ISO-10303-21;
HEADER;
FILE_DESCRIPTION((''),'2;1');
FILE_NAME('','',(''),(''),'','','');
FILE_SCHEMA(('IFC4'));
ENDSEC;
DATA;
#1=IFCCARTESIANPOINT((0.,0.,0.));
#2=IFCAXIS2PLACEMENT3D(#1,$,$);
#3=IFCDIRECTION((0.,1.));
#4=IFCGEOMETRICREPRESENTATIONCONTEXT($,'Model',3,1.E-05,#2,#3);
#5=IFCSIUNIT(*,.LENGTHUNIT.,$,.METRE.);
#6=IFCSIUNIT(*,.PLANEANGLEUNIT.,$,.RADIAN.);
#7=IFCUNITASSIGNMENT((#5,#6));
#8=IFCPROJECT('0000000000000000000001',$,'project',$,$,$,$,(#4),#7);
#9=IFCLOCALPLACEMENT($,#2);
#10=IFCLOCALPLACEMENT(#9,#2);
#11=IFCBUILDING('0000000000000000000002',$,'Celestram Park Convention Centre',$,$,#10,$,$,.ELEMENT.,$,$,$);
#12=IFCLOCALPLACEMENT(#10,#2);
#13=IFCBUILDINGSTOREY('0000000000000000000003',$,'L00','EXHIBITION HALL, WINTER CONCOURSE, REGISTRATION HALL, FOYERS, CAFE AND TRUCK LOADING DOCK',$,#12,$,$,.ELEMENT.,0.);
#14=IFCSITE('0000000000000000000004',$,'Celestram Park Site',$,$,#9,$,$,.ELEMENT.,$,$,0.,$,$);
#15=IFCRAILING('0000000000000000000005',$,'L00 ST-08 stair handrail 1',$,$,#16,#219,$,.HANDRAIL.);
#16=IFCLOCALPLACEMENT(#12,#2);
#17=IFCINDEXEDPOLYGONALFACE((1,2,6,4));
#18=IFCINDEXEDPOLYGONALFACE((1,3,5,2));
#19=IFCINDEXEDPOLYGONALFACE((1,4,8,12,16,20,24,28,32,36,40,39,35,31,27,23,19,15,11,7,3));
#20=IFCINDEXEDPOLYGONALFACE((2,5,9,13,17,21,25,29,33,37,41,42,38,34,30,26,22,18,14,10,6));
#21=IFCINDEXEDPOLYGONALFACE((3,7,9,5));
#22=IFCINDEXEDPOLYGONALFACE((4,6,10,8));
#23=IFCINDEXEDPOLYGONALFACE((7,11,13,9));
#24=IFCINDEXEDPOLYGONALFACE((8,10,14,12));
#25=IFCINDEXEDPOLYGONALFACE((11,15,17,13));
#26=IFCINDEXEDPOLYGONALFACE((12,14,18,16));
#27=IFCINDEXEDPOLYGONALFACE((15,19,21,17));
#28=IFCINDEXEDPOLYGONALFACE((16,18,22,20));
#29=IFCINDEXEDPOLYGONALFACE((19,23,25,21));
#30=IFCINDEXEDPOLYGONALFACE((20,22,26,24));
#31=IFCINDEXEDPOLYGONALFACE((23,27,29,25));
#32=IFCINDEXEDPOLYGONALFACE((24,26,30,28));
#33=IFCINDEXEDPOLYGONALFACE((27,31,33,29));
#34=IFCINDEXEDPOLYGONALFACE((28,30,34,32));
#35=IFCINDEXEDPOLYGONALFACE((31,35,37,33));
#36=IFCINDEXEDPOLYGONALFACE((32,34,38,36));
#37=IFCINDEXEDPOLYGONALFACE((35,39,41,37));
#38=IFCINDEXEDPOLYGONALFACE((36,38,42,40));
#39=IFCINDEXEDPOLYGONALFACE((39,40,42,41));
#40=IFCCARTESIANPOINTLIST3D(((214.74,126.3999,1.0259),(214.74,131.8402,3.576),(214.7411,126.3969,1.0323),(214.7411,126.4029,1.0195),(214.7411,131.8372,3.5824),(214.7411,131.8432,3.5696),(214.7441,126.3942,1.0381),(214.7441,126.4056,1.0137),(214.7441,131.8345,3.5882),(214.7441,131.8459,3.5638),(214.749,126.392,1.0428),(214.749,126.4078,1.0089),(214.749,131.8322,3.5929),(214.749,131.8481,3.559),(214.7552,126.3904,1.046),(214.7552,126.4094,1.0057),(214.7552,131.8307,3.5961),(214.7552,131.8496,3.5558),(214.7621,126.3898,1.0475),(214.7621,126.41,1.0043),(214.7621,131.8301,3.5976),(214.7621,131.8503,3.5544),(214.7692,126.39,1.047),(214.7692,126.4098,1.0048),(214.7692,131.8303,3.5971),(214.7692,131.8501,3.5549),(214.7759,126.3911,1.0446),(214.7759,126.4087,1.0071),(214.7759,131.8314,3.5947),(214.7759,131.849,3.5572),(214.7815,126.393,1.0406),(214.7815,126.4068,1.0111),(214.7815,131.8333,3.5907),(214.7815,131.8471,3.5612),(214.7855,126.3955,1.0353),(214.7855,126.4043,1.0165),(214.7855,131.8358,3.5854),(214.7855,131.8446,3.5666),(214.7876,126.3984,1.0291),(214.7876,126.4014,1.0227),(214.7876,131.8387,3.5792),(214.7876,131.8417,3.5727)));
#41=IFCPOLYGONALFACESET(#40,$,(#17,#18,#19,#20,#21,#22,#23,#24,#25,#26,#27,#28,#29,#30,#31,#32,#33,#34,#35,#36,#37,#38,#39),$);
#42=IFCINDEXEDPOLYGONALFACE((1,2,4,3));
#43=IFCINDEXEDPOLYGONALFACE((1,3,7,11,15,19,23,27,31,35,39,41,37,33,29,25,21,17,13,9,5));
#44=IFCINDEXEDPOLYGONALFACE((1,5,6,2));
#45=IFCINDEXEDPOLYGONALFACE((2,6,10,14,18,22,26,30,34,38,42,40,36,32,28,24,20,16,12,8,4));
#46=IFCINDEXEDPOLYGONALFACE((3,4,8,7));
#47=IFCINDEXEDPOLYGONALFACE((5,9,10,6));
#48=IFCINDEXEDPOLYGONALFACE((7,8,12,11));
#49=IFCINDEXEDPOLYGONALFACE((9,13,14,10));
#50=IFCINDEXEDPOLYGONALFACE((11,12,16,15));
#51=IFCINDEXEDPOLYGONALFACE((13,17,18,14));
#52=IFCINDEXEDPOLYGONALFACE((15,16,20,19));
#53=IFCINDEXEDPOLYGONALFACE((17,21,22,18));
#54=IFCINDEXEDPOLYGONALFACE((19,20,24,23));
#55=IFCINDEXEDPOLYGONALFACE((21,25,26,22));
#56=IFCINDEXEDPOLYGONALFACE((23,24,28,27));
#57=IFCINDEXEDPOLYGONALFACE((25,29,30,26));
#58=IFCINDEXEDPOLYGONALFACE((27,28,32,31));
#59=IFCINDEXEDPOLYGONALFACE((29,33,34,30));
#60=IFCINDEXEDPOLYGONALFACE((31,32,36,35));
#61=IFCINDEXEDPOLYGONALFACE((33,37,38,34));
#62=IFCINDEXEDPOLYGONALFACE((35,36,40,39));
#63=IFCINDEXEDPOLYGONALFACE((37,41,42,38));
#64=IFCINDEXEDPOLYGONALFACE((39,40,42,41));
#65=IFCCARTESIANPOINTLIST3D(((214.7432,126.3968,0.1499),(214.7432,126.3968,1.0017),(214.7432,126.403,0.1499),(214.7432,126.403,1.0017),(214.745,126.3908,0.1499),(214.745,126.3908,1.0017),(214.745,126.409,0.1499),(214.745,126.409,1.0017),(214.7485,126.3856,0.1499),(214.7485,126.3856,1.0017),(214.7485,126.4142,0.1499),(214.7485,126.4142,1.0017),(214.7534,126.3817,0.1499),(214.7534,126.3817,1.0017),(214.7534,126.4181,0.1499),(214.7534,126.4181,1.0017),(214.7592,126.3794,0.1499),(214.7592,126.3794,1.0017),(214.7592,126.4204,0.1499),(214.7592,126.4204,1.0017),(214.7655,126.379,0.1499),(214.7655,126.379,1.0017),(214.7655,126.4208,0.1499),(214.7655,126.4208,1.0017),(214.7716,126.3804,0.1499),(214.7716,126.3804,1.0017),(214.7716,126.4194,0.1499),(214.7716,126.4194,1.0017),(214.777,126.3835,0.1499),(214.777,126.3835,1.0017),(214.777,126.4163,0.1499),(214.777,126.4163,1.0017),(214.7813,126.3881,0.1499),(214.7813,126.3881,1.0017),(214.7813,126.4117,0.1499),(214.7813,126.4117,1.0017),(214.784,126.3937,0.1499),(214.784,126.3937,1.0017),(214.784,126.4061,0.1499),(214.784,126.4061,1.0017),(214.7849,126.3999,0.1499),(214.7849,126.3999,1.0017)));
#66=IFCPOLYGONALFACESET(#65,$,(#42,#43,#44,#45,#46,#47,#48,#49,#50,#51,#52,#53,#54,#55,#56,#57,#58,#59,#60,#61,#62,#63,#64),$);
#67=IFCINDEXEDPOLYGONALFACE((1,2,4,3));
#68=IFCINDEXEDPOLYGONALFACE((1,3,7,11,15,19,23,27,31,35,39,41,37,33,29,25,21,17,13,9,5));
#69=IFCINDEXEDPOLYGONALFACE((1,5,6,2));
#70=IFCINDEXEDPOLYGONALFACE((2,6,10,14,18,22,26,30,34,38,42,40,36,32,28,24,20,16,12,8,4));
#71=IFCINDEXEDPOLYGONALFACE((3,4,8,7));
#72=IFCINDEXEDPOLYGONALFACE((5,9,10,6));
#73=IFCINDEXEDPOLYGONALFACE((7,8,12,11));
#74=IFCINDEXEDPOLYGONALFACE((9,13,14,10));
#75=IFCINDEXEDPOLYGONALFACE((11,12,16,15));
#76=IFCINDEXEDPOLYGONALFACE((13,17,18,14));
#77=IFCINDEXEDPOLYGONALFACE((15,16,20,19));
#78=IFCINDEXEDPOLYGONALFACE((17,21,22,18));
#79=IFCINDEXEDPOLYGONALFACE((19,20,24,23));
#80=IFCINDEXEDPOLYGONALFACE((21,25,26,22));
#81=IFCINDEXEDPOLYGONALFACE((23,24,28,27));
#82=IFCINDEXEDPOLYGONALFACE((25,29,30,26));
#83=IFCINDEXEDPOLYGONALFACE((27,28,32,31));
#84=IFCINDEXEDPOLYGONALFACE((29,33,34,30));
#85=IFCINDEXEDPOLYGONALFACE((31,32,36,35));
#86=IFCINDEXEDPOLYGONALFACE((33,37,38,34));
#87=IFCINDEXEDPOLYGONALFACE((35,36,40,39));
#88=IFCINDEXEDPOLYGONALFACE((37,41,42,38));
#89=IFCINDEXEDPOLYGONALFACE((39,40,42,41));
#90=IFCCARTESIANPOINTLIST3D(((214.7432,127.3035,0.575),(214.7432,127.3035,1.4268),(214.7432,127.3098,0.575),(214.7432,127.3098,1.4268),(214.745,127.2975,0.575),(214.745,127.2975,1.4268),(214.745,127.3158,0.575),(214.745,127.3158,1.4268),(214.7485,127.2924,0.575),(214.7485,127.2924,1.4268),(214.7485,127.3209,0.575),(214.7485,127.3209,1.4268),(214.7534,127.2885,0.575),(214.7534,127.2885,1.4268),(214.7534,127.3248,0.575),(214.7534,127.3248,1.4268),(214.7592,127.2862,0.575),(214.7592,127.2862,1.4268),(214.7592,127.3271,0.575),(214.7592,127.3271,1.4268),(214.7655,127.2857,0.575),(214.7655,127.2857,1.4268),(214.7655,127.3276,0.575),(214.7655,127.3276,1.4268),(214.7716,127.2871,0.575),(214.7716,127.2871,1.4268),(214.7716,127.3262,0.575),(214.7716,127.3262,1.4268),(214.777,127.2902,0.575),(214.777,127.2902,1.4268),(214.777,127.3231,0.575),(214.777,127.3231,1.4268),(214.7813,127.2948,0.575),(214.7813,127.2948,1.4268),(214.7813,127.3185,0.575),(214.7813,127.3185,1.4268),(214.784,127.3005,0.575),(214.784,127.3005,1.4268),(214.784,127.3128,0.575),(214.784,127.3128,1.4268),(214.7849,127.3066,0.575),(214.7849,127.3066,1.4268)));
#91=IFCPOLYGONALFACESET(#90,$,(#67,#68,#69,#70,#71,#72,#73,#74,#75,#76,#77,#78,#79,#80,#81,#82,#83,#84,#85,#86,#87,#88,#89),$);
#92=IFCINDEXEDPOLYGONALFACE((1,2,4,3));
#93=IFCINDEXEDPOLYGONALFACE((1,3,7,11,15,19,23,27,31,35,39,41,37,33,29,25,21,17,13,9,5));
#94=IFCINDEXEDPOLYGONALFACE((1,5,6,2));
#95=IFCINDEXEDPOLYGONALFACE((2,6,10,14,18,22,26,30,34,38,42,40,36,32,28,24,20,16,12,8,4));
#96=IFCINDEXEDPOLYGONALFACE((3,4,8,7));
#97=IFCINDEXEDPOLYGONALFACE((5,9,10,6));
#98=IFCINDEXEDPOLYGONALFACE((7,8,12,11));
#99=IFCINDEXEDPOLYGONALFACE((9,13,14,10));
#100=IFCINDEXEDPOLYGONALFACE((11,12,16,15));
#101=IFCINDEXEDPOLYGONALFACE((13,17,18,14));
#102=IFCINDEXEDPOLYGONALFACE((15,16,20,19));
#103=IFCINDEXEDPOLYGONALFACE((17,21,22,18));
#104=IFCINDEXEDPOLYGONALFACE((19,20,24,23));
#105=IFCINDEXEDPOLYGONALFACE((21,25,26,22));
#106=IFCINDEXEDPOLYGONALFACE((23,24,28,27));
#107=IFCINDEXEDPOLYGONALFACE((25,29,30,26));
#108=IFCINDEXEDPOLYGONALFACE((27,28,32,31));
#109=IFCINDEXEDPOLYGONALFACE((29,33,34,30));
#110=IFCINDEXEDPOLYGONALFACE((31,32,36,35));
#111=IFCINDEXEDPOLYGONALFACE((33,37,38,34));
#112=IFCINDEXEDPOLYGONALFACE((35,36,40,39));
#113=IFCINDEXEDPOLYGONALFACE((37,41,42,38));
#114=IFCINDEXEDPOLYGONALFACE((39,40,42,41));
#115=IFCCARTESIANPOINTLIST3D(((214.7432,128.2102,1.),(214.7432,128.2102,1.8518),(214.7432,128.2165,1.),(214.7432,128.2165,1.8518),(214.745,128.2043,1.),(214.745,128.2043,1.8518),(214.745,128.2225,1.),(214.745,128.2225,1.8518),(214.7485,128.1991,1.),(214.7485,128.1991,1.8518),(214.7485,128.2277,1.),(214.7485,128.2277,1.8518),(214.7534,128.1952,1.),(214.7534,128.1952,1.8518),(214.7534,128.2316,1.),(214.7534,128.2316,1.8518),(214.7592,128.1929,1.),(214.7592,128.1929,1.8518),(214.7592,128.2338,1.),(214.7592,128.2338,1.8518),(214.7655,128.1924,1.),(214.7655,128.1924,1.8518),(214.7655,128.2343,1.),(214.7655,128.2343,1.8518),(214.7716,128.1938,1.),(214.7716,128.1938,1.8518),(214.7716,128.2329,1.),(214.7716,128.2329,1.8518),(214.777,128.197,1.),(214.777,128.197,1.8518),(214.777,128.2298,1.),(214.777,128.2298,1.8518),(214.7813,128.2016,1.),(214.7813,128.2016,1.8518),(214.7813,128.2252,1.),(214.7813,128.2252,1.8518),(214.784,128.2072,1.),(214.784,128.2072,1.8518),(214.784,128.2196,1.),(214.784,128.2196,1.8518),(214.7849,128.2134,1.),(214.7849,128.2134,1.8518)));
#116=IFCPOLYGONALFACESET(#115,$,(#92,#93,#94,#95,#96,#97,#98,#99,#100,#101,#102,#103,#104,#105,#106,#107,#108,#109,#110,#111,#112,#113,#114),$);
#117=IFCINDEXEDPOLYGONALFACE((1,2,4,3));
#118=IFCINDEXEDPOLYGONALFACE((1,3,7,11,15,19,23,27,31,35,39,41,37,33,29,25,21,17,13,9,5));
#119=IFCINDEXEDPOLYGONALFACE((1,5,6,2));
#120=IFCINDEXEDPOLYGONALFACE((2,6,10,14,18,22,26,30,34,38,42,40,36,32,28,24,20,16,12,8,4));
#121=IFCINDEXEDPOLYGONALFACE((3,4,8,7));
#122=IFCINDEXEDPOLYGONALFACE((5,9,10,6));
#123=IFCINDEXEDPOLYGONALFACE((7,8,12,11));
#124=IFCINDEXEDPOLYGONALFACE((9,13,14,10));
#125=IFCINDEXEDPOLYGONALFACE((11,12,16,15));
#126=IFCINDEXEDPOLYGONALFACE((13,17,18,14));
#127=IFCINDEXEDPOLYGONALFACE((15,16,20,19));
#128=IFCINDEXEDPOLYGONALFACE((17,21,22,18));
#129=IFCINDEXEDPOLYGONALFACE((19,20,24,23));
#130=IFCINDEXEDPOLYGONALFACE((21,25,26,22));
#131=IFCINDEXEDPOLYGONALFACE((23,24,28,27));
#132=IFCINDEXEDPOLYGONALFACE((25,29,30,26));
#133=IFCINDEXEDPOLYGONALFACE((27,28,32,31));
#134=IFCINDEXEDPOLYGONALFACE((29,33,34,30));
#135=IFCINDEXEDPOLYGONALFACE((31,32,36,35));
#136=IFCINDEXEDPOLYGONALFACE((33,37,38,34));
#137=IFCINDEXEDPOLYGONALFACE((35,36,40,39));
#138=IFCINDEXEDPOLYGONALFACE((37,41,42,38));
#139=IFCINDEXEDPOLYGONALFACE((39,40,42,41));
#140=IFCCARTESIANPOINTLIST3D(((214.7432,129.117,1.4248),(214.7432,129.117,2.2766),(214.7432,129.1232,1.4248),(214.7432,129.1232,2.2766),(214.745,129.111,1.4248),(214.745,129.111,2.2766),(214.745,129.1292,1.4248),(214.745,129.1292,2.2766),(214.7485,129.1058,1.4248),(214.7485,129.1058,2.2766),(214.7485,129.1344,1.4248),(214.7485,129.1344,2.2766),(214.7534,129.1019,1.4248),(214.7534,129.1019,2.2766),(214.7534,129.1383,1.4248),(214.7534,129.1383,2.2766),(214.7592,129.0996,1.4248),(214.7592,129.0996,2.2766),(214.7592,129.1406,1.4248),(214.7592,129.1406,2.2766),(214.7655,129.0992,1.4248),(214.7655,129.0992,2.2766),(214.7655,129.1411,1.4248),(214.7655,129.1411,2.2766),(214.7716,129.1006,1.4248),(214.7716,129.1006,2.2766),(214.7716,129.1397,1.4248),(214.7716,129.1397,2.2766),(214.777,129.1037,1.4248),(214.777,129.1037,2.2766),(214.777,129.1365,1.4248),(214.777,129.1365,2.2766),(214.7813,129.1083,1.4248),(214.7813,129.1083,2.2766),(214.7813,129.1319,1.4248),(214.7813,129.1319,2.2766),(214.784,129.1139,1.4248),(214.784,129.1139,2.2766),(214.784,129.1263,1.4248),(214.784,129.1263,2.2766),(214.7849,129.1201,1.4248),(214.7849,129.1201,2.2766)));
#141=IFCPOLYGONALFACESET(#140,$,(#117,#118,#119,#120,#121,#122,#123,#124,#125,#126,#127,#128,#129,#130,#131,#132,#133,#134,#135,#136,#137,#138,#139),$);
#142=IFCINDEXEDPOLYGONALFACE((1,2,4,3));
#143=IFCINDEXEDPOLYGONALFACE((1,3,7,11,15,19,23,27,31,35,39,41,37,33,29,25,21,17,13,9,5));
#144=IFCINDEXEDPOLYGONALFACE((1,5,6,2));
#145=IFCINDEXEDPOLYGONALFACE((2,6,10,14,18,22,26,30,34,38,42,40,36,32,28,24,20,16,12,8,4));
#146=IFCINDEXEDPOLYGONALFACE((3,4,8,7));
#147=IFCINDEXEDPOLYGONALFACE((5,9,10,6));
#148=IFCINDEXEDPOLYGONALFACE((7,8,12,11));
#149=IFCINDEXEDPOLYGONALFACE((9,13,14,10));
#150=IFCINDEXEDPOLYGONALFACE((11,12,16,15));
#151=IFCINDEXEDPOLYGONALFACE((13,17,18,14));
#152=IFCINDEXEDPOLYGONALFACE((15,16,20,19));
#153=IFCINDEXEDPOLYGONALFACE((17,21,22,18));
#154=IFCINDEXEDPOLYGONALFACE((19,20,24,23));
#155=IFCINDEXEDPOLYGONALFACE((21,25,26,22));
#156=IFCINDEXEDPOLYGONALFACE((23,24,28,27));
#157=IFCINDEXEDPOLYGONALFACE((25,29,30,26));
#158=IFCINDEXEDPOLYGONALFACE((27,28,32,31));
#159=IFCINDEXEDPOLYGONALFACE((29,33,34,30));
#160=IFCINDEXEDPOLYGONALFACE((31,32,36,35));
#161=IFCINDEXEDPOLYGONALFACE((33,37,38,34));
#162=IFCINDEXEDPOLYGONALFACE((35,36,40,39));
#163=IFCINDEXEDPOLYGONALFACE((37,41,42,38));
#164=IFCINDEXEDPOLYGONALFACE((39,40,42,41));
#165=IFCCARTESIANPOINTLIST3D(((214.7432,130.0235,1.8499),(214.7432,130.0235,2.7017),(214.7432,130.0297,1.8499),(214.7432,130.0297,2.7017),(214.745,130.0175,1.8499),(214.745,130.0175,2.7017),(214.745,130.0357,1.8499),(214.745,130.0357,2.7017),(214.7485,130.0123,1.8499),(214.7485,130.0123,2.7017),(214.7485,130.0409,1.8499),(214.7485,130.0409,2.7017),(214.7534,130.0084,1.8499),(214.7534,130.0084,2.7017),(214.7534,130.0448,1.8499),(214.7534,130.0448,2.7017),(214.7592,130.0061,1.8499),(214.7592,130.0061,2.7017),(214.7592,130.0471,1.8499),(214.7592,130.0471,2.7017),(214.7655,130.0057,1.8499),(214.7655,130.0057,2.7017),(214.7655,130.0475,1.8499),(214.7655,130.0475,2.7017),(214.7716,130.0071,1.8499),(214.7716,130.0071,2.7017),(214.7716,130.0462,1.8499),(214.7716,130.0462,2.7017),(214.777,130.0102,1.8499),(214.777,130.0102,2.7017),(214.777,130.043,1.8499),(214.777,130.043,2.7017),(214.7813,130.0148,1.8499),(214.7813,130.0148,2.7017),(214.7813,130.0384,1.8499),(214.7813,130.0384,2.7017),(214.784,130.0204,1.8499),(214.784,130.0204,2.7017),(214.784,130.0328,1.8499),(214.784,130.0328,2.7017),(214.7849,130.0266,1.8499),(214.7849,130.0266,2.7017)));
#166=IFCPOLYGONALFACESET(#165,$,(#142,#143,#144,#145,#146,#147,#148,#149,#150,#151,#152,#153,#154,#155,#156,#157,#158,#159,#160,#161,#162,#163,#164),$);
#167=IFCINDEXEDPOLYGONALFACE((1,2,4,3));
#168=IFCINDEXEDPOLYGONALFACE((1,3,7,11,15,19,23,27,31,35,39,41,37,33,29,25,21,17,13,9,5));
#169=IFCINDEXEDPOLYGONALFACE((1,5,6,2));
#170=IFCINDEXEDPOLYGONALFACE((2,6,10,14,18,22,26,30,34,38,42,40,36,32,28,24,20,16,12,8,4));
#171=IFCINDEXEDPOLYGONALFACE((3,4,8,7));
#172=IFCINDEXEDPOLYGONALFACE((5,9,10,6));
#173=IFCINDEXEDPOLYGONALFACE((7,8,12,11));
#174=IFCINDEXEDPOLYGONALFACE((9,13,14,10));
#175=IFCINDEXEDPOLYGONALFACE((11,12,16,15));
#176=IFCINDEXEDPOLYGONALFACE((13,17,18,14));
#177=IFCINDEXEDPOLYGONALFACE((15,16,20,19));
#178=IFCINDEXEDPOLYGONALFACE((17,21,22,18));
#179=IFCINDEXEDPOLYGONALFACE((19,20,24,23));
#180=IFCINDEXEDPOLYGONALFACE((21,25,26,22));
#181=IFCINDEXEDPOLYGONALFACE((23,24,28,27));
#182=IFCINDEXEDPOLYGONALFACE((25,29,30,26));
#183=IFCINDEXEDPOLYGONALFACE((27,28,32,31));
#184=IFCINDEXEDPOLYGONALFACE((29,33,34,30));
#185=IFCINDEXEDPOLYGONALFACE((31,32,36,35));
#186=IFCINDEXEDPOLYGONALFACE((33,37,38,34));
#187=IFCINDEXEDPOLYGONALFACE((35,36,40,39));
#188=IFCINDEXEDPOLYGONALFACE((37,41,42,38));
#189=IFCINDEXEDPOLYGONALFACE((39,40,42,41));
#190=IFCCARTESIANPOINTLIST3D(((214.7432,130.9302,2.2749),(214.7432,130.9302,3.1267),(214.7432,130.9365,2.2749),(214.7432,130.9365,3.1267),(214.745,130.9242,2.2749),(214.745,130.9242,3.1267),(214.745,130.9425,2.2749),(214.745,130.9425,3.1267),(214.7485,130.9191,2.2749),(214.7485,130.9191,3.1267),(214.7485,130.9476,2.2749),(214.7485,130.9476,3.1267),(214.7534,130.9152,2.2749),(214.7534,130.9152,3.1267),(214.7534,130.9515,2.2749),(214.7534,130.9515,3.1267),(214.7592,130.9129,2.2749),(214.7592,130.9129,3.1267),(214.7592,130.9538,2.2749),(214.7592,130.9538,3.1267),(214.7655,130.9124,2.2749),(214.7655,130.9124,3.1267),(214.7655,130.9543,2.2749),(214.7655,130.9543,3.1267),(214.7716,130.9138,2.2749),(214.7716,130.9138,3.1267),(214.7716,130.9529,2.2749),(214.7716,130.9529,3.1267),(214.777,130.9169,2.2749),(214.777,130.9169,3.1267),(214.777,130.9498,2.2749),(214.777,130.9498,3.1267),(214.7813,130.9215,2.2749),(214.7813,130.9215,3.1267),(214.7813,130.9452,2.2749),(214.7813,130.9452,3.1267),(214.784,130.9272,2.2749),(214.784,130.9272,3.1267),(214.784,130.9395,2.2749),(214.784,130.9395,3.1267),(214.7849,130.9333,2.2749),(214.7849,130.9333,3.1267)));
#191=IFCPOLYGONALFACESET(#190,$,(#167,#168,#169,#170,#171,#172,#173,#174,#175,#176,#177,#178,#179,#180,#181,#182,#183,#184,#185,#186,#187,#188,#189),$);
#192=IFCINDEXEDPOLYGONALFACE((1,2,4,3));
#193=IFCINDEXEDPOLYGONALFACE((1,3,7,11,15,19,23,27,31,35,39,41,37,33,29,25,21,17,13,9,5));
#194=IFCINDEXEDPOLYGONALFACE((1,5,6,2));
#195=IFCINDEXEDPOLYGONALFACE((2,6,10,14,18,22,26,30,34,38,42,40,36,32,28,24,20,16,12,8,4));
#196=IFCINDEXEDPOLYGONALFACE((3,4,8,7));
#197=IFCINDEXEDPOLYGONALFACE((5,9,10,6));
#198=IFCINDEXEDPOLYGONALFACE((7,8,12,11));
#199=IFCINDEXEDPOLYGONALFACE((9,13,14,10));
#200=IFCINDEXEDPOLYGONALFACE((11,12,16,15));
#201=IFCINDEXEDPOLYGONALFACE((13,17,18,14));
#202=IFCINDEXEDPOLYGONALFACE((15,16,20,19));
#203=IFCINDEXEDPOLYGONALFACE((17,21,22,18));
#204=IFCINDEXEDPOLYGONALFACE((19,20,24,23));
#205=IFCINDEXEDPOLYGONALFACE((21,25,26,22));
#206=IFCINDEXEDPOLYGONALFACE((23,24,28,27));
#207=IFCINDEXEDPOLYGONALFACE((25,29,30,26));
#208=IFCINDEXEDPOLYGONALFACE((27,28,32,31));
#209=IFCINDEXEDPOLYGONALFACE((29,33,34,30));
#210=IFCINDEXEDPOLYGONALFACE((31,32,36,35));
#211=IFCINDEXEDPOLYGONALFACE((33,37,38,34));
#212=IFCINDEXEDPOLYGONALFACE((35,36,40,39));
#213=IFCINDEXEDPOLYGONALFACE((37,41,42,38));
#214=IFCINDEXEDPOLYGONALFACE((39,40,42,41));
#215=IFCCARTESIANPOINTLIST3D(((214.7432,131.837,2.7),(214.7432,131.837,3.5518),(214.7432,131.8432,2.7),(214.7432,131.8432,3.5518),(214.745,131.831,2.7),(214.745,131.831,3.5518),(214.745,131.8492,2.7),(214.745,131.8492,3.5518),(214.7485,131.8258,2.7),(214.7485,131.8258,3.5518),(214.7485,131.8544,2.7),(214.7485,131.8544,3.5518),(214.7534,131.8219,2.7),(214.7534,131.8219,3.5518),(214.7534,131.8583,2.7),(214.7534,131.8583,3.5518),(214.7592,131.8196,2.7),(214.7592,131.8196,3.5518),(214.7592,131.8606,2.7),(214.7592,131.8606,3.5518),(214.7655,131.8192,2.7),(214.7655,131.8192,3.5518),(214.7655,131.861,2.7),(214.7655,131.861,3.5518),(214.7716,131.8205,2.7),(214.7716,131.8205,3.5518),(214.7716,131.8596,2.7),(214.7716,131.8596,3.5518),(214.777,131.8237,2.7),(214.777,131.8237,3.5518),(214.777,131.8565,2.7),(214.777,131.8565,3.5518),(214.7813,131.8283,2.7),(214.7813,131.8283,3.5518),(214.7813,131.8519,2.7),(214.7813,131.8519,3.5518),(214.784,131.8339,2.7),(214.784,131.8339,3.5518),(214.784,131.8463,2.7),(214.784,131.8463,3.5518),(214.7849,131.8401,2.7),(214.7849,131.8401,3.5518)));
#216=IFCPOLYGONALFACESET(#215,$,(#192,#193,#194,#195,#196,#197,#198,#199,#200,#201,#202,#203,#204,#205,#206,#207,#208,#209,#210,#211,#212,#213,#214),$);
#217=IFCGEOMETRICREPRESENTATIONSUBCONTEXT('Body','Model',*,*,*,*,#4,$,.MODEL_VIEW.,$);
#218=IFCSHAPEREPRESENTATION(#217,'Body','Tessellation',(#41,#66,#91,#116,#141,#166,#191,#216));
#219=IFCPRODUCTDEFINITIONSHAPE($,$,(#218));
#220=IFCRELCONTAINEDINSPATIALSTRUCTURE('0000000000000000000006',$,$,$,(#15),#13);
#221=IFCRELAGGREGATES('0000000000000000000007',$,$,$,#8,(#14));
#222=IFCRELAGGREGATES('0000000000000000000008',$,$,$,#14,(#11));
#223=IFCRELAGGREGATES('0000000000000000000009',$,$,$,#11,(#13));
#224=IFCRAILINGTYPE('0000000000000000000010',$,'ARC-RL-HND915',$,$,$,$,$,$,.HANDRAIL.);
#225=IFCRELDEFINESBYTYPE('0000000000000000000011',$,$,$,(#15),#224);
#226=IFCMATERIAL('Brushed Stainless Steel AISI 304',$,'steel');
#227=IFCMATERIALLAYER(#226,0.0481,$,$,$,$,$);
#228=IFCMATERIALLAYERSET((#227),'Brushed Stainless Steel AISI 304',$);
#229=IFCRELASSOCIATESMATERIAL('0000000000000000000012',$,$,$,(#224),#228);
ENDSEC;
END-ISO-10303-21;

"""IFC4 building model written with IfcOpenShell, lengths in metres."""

from ifc_helpers import new_model, si_unit, direction, frame, origin, origin_2d, place, context, subcontext, project, spatial, circle, extrude, material, layer, layer_set, type_object, element, save


model = new_model("IFC4")

# Units and contexts
model_context = context("Model", 3, precision=1e-05, world=origin(), true_north=direction((0.0, 1.0)))
body_context = subcontext(model_context, "Body", "Model", "MODEL_VIEW")
ifc_project = project(units=[si_unit("LENGTHUNIT", "METRE"), si_unit("PLANEANGLEUNIT", "RADIAN")], contexts=[model_context])

# Site, building, storey
site_placement = place(None, origin())
site = spatial("IfcSite", under=ifc_project, at=site_placement, Name="Celestram Park Site", CompositionType="ELEMENT", RefElevation=0.0)
building_placement = place(site_placement, origin())
building = spatial("IfcBuilding", under=site, at=building_placement, Name="Celestram Park Convention Centre", CompositionType="ELEMENT")
storey_placement = place(building_placement, origin())
storey = spatial("IfcBuildingStorey", under=building, at=storey_placement, Name="L00", Description="EXHIBITION HALL, WINTER CONCOURSE, REGISTRATION HALL, FOYERS, CAFE AND TRUCK LOADING DOCK", CompositionType="ELEMENT", Elevation=0.0)

# Railing
ifc_material_1 = material(Name="Brushed Stainless Steel AISI 304", Category="steel")
ifc_layer_1 = layer(ifc_material_1, 0.0481)
ifc_layer_set_1 = layer_set([ifc_layer_1], Name="Brushed Stainless Steel AISI 304")
railing_type_1 = type_object("IfcRailingType", Name="ARC-RL-HND915", PredefinedType="HANDRAIL", material=ifc_layer_set_1)
railing_1_placement = place(storey_placement, frame((214.7639, 126.3999, 0.1499)))
element("IfcRailing", 1, at=railing_1_placement, inside=storey, type_object=railing_type_1, Name="L00 ST-08 stair handrail 1", PredefinedType="HANDRAIL", context=body_context, shape_type="SweptSolid", body=[
    extrude(circle(Radius=0.0239, at=origin_2d()), frame((0.0, 0.0, 0.876), z_axis=(0.0, 0.905461, 0.424429), x_axis=(-1.0, 0.0, 0.0)), (0.0, 0.0, 1.0), 6.0083),
    extrude(circle(Radius=0.021, at=origin_2d()), origin(), (0.0, 0.0, 1.0), 0.8518),
    extrude(circle(Radius=0.021, at=origin_2d()), frame((0.0, 0.9067, 0.425)), (0.0, 0.0, 1.0), 0.8518),
    extrude(circle(Radius=0.021, at=origin_2d()), frame((0.0, 1.8135, 0.8501)), (0.0, 0.0, 1.0), 0.8518),
    extrude(circle(Radius=0.021, at=origin_2d()), frame((0.0, 2.7202, 1.2749)), (0.0, 0.0, 1.0), 0.8518),
    extrude(circle(Radius=0.021, at=origin_2d()), frame((0.0, 3.6267, 1.7)), (0.0, 0.0, 1.0), 0.8518),
    extrude(circle(Radius=0.021, at=origin_2d()), frame((0.0, 4.5334, 2.125)), (0.0, 0.0, 1.0), 0.8518),
    extrude(circle(Radius=0.021, at=origin_2d()), frame((0.0, 5.4402, 2.55)), (0.0, 0.0, 1.0), 0.8518),
])

save(model, "model.ifc")
